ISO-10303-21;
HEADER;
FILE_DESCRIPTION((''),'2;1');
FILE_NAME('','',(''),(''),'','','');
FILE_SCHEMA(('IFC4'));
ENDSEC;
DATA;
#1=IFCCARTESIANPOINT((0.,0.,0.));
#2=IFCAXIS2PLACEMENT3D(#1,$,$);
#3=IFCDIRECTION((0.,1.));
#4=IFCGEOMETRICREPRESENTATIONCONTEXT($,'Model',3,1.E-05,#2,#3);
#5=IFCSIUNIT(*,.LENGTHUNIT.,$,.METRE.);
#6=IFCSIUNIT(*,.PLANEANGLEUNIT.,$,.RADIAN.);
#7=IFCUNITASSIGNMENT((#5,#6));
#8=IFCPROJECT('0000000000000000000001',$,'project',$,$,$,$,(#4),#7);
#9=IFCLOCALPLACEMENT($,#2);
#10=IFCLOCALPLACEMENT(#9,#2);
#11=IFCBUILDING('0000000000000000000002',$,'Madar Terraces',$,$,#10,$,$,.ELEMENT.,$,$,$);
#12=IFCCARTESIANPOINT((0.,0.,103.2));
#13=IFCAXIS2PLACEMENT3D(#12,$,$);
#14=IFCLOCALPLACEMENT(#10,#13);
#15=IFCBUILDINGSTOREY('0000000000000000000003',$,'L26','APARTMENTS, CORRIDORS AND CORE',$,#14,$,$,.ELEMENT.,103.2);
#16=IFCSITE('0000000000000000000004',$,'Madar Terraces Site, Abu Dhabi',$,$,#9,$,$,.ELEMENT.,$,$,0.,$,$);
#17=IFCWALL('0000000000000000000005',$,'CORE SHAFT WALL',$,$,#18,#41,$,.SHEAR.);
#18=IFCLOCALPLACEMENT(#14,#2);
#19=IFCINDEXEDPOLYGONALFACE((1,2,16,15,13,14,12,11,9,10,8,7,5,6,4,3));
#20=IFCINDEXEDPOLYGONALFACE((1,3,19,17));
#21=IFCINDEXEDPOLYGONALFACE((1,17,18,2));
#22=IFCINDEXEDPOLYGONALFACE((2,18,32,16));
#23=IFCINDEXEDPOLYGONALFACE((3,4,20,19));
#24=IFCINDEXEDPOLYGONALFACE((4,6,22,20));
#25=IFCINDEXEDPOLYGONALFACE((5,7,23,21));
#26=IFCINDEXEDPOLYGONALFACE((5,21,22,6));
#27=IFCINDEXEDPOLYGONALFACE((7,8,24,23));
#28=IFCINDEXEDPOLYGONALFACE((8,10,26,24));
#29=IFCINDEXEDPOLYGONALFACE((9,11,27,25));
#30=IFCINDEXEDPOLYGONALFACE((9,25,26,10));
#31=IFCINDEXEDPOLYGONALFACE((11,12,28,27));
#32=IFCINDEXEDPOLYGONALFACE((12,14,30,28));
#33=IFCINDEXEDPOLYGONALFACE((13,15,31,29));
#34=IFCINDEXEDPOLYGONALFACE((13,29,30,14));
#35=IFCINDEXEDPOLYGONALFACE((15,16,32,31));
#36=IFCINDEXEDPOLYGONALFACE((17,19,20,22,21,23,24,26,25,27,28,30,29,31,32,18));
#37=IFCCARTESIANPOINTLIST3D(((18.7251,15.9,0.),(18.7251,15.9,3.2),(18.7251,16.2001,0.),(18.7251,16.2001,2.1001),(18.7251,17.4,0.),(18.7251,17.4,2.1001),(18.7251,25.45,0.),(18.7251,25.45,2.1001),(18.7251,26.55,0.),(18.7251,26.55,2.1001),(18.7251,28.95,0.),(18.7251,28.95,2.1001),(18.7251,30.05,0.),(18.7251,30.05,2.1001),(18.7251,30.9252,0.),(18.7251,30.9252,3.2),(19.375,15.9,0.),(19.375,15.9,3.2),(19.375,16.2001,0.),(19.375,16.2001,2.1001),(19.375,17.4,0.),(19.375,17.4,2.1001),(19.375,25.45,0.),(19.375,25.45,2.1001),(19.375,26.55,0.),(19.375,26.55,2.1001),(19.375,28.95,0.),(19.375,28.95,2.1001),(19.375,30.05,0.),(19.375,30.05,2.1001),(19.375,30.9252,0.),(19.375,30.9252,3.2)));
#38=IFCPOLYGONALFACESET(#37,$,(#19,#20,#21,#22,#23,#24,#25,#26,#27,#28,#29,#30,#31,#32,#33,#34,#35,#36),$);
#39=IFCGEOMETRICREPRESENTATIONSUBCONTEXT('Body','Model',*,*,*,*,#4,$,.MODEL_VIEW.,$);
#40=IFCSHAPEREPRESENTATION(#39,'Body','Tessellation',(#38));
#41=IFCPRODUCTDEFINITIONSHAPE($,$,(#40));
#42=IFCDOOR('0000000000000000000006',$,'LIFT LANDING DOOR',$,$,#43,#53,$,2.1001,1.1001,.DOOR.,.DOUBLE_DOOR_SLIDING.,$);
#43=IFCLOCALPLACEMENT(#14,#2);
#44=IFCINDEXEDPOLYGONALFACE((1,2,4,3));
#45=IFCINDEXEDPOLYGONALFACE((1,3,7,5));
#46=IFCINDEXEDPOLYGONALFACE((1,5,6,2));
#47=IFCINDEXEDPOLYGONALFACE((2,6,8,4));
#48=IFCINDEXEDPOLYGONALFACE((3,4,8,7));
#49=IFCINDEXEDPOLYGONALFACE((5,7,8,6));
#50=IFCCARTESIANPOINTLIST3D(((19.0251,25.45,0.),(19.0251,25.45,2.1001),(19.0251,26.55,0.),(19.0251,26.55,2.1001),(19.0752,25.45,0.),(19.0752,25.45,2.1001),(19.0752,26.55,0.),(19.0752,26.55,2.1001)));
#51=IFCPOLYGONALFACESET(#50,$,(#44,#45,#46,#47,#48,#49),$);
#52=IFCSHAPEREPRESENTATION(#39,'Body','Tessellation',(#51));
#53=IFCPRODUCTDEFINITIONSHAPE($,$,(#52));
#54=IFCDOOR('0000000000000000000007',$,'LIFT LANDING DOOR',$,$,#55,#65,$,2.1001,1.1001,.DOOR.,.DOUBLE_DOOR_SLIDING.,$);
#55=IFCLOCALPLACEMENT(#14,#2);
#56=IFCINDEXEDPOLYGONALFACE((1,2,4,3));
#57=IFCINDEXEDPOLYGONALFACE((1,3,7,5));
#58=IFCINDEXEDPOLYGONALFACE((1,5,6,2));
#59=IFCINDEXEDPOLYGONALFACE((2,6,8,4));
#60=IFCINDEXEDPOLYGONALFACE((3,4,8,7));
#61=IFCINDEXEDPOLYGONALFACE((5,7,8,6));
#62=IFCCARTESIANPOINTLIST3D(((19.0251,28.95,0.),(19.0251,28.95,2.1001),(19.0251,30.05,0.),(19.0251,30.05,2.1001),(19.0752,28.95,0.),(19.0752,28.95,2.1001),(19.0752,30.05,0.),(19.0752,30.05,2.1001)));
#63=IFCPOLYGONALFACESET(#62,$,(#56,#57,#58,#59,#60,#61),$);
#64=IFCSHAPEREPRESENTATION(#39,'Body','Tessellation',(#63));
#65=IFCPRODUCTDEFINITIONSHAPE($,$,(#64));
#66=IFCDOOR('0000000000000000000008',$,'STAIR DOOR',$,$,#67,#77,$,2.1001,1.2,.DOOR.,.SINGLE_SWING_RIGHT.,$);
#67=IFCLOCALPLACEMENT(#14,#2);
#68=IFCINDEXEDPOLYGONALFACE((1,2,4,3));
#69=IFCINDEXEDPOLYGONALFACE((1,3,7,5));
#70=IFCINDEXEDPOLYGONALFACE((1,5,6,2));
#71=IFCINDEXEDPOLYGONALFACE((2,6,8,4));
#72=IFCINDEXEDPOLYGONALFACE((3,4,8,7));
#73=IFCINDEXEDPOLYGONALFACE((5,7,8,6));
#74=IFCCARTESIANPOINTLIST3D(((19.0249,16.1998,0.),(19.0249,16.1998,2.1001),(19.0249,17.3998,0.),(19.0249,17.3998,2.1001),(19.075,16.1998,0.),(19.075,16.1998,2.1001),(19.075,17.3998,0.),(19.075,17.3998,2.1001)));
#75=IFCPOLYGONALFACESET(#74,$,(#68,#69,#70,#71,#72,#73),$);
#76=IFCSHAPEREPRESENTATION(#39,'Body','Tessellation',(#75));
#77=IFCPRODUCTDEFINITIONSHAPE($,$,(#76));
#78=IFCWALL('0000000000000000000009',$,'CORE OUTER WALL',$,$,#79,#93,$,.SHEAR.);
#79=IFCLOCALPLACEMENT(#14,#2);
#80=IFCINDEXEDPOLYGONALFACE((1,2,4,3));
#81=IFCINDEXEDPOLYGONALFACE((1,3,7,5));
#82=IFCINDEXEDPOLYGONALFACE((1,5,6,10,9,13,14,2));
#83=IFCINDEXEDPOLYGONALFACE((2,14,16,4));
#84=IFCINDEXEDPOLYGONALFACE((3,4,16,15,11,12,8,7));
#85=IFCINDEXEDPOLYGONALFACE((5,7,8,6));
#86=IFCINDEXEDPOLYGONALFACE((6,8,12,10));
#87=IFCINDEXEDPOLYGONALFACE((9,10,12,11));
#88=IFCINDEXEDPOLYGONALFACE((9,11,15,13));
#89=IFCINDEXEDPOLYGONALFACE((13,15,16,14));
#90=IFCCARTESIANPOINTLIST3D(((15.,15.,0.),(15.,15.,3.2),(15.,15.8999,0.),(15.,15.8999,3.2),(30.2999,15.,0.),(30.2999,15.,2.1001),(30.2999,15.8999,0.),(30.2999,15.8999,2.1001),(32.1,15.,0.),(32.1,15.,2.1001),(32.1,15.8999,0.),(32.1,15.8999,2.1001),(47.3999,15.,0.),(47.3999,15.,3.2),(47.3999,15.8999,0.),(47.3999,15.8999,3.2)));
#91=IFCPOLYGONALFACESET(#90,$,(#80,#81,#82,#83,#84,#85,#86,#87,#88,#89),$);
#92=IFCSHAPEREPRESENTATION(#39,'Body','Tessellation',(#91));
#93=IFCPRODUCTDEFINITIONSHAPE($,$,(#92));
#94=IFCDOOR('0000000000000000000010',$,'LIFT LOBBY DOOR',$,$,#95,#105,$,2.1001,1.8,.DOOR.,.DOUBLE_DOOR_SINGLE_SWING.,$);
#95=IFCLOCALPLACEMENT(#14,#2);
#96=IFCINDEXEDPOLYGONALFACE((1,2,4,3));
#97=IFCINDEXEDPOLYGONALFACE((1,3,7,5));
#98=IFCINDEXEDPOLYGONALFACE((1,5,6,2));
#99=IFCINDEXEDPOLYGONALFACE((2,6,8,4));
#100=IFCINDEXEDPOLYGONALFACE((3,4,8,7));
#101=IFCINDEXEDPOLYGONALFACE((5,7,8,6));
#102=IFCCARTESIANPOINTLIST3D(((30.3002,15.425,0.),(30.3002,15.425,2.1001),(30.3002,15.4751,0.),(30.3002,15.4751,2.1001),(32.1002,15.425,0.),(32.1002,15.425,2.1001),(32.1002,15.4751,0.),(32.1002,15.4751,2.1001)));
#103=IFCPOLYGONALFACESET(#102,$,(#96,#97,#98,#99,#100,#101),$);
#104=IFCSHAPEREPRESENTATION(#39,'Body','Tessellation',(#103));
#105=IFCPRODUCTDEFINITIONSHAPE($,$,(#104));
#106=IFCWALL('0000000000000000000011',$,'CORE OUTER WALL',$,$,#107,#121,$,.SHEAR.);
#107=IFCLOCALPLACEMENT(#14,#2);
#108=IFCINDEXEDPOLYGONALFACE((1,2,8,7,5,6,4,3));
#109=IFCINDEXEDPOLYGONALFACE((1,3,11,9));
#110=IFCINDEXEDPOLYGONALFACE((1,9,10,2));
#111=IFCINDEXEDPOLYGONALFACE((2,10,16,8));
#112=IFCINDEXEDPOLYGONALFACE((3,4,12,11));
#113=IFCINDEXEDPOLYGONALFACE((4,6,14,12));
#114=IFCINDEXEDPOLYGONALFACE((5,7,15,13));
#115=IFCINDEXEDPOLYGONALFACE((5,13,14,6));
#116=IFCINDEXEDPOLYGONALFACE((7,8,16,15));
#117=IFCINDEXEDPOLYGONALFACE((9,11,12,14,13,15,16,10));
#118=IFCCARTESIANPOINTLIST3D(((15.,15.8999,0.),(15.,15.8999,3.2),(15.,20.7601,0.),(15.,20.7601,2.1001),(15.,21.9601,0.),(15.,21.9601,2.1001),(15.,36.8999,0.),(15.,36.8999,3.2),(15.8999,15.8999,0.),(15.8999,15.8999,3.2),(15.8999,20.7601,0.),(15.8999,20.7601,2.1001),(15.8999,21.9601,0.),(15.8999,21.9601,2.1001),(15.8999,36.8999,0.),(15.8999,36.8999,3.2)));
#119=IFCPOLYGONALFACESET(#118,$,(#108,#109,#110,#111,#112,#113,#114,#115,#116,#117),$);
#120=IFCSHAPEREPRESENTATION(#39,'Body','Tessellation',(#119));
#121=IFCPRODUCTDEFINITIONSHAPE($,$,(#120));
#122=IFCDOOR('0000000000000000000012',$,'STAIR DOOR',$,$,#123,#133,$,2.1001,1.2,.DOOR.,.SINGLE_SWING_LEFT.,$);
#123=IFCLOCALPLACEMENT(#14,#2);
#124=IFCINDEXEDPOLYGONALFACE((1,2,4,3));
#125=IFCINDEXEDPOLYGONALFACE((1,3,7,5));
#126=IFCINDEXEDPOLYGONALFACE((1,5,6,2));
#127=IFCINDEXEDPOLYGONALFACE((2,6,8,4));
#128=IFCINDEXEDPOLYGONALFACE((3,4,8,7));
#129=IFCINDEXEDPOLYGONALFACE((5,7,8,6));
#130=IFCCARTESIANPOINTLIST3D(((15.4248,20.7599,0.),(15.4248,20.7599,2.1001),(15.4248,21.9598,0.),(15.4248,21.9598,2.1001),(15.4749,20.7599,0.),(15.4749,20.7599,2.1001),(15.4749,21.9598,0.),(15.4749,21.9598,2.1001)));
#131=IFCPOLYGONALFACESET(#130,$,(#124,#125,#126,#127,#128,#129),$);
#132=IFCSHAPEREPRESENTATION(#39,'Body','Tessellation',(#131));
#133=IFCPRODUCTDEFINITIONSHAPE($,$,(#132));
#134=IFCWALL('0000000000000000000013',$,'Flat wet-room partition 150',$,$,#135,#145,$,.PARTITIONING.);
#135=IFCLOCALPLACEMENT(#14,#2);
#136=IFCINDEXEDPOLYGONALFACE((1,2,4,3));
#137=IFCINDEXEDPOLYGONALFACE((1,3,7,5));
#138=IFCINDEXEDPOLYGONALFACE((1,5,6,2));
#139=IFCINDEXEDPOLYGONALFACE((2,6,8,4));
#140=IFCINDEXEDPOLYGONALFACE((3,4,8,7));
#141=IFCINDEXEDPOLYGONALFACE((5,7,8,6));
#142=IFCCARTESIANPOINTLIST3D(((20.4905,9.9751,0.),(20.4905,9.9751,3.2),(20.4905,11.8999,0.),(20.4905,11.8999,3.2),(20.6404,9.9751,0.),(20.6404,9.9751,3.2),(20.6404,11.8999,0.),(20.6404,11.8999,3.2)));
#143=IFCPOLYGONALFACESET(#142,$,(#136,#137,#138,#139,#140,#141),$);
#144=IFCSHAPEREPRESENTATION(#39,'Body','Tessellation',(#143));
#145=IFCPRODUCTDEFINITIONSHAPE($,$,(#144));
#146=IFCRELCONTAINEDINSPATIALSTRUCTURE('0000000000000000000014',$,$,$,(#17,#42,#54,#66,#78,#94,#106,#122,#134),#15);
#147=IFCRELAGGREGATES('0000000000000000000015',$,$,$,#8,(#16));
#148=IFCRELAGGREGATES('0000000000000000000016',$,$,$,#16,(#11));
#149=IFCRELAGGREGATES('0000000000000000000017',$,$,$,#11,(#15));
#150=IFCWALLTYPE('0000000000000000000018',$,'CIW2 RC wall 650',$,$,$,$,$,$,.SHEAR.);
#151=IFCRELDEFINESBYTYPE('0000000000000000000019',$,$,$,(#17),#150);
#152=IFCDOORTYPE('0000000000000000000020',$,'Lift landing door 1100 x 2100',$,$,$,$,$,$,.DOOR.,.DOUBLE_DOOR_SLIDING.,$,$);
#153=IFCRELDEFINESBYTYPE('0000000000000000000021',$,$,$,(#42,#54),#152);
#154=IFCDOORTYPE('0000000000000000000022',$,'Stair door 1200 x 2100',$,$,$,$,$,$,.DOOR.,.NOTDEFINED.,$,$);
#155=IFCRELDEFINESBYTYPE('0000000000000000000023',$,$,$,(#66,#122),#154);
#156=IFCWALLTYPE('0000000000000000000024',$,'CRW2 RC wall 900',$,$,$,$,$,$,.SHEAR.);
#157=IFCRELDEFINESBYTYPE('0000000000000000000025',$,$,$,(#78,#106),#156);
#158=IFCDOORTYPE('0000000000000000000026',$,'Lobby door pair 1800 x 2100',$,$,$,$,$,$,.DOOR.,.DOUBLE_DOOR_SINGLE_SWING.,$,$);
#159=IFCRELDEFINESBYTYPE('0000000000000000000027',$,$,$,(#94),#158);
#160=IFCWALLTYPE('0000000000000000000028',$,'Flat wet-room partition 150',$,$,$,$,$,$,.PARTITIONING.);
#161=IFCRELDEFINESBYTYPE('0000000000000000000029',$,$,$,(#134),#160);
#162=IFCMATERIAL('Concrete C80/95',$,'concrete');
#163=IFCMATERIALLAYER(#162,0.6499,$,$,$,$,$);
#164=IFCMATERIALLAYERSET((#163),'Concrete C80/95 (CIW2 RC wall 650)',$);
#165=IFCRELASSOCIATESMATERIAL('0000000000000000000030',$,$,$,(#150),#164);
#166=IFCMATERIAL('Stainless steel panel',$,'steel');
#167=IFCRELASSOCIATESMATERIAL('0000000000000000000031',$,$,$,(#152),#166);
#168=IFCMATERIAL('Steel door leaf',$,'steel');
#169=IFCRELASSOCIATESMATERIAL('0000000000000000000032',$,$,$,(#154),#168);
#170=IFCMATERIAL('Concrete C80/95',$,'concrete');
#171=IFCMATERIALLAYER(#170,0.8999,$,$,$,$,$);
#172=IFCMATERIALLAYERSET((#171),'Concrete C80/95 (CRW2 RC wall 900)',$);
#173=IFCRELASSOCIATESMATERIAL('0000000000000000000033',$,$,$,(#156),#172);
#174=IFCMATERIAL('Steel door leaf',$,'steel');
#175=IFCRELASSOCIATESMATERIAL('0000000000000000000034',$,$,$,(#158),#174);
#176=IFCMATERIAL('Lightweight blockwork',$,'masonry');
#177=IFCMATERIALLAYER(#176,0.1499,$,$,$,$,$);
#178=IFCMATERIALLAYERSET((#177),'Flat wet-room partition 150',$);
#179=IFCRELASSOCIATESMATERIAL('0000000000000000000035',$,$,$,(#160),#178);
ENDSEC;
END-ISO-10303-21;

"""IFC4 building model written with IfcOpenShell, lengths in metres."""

from ifc_helpers import new_model, si_unit, direction, frame, frame_2d, origin, place, context, subcontext, project, spatial, rectangle, extrude, material, layer, layer_set, type_object, element, fill, save


model = new_model("IFC4")

# Units and contexts
model_context = context("Model", 3, precision=1e-05, world=origin(), true_north=direction((0.0, 1.0)))
body_context = subcontext(model_context, "Body", "Model", "MODEL_VIEW")
ifc_project = project(units=[si_unit("LENGTHUNIT", "METRE"), si_unit("PLANEANGLEUNIT", "RADIAN")], contexts=[model_context])

# Site, building, storey
site_placement = place(None, origin())
site = spatial("IfcSite", under=ifc_project, at=site_placement, Name="Madar Terraces Site, Abu Dhabi", CompositionType="ELEMENT", RefElevation=0.0)
building_placement = place(site_placement, origin())
building = spatial("IfcBuilding", under=site, at=building_placement, Name="Madar Terraces", CompositionType="ELEMENT")
storey_placement = place(building_placement, frame((0.0, 0.0, 103.2)))
storey = spatial("IfcBuildingStorey", under=building, at=storey_placement, Name="L26", Description="APARTMENTS, CORRIDORS AND CORE", CompositionType="ELEMENT", Elevation=103.2)

# Wall, openings, doors
ifc_material_1 = material(Name="Concrete C80/95", Category="concrete")
ifc_layer_1 = layer(ifc_material_1, 0.6499)
ifc_layer_set_1 = layer_set([ifc_layer_1], Name="Concrete C80/95 (CIW2 RC wall 650)")
wall_type_1 = type_object("IfcWallType", Name="CIW2 RC wall 650", PredefinedType="SHEAR", material=ifc_layer_set_1)
wall_1_placement = place(storey_placement, frame((19.05, 15.8999, 0.0), z_axis=(0.0, 0.0, 1.0), x_axis=(0.0, 1.0, 0.0)))
wall_1 = element("IfcWall", 1, at=wall_1_placement, inside=storey, type_object=wall_type_1, Name="CORE SHAFT WALL", PredefinedType="SHEAR", context=body_context, shape_type="SweptSolid", body=[
    extrude(rectangle(XDim=15.0251, YDim=0.6499, at=frame_2d((7.5127, 0.0))), origin(), (0.0, 0.0, 1.0), 3.2),
])
opening_1_placement = place(wall_1_placement, frame((9.55, 0.0, 0.0)))
opening_1 = element("IfcOpeningElement", 2, at=opening_1_placement, cuts=wall_1, PredefinedType="OPENING", context=body_context, shape_type="SweptSolid", body=[
    extrude(rectangle(XDim=1.1001, YDim=2.1001, at=frame_2d((0.55, 1.05))), frame((0.0, 0.335, 0.0), z_axis=(0.0, -1.0, 0.0), x_axis=(1.0, 0.0, 0.0)), (0.0, 0.0, 1.0), 0.6699),
])
opening_2_placement = place(wall_1_placement, frame((13.05, 0.0, 0.0)))
opening_2 = element("IfcOpeningElement", 3, at=opening_2_placement, cuts=wall_1, PredefinedType="OPENING", context=body_context, shape_type="SweptSolid", body=[
    extrude(rectangle(XDim=1.1001, YDim=2.1001, at=frame_2d((0.55, 1.05))), frame((0.0, 0.335, 0.0), z_axis=(0.0, -1.0, 0.0), x_axis=(1.0, 0.0, 0.0)), (0.0, 0.0, 1.0), 0.6699),
])
opening_3_placement = place(wall_1_placement, frame((0.3, 0.0, 0.0)))
opening_3 = element("IfcOpeningElement", 4, at=opening_3_placement, cuts=wall_1, PredefinedType="OPENING", context=body_context, shape_type="SweptSolid", body=[
    extrude(rectangle(XDim=1.2, YDim=2.1001, at=frame_2d((0.6001, 1.05))), frame((0.0, 0.335, 0.0), z_axis=(0.0, -1.0, 0.0), x_axis=(1.0, 0.0, 0.0)), (0.0, 0.0, 1.0), 0.6699),
])
ifc_material_2 = material(Name="Stainless steel panel", Category="steel")
door_type_1 = type_object("IfcDoorType", Name="Lift landing door 1100 x 2100", OperationType="DOUBLE_DOOR_SLIDING", PredefinedType="DOOR", material=ifc_material_2)
door_1_placement = place(opening_1_placement, origin())
door_1 = element("IfcDoor", 5, at=door_1_placement, inside=storey, type_object=door_type_1, Name="LIFT LANDING DOOR", OperationType="DOUBLE_DOOR_SLIDING", OverallHeight=2.1001, OverallWidth=1.1001, PredefinedType="DOOR", context=body_context, shape_type="SweptSolid", body=[
    extrude(rectangle(XDim=1.1001, YDim=2.1001, at=frame_2d((0.55, 1.05))), frame((0.0, 0.0249, 0.0), z_axis=(0.0, -1.0, 0.0), x_axis=(1.0, 0.0, 0.0)), (0.0, 0.0, 1.0), 0.05),
])
fill(opening_1, door_1)
door_2_placement = place(opening_2_placement, origin())
door_2 = element("IfcDoor", 6, at=door_2_placement, inside=storey, type_object=door_type_1, Name="LIFT LANDING DOOR", OperationType="DOUBLE_DOOR_SLIDING", OverallHeight=2.1001, OverallWidth=1.1001, PredefinedType="DOOR", context=body_context, shape_type="SweptSolid", body=[
    extrude(rectangle(XDim=1.1001, YDim=2.1001, at=frame_2d((0.55, 1.05))), frame((0.0, 0.0249, 0.0), z_axis=(0.0, -1.0, 0.0), x_axis=(1.0, 0.0, 0.0)), (0.0, 0.0, 1.0), 0.05),
])
fill(opening_2, door_2)
ifc_material_3 = material(Name="Steel door leaf", Category="steel")
door_type_2 = type_object("IfcDoorType", Name="Stair door 1200 x 2100", OperationType="NOTDEFINED", PredefinedType="DOOR", material=ifc_material_3)
door_3_placement = place(opening_3_placement, frame((1.2, 0.0, 0.0), z_axis=(0.0, 0.0, 1.0), x_axis=(-1.0, 0.0, 0.0)))
door_3 = element("IfcDoor", 7, at=door_3_placement, inside=storey, type_object=door_type_2, Name="STAIR DOOR", OperationType="SINGLE_SWING_RIGHT", OverallHeight=2.1001, OverallWidth=1.2, PredefinedType="DOOR", context=body_context, shape_type="SweptSolid", body=[
    extrude(rectangle(XDim=1.2, YDim=2.1001, at=frame_2d((0.6001, 1.05))), frame((0.0, 0.0249, 0.0), z_axis=(0.0, -1.0, 0.0), x_axis=(1.0, 0.0, 0.0)), (0.0, 0.0, 1.0), 0.05),
])
fill(opening_3, door_3)

# Walls, openings, doors
ifc_material_4 = material(Name="Concrete C80/95", Category="concrete")
ifc_layer_2 = layer(ifc_material_4, 0.8999)
ifc_layer_set_2 = layer_set([ifc_layer_2], Name="Concrete C80/95 (CRW2 RC wall 900)")
wall_type_2 = type_object("IfcWallType", Name="CRW2 RC wall 900", PredefinedType="SHEAR", material=ifc_layer_set_2)
wall_2_placement = place(storey_placement, frame((15.0, 15.45, 0.0), z_axis=(0.0, 0.0, 1.0), x_axis=(1.0, 0.0, 0.0)))
wall_2 = element("IfcWall", 8, at=wall_2_placement, inside=storey, type_object=wall_type_2, Name="CORE OUTER WALL", PredefinedType="SHEAR", context=body_context, shape_type="SweptSolid", body=[
    extrude(rectangle(XDim=32.3999, YDim=0.8999, at=frame_2d((16.2, 0.0))), origin(), (0.0, 0.0, 1.0), 3.2),
])
opening_4_placement = place(wall_2_placement, frame((15.3, 0.0, 0.0)))
opening_4 = element("IfcOpeningElement", 9, at=opening_4_placement, cuts=wall_2, PredefinedType="OPENING", context=body_context, shape_type="SweptSolid", body=[
    extrude(rectangle(XDim=1.8, YDim=2.1001, at=frame_2d((0.8999, 1.05))), frame((0.0, 0.46, 0.0), z_axis=(0.0, -1.0, 0.0), x_axis=(1.0, 0.0, 0.0)), (0.0, 0.0, 1.0), 0.9199),
])
ifc_material_5 = material(Name="Steel door leaf", Category="steel")
door_type_3 = type_object("IfcDoorType", Name="Lobby door pair 1800 x 2100", OperationType="DOUBLE_DOOR_SINGLE_SWING", PredefinedType="DOOR", material=ifc_material_5)
door_4_placement = place(opening_4_placement, frame((1.8, 0.0, 0.0), z_axis=(0.0, 0.0, 1.0), x_axis=(-1.0, 0.0, 0.0)))
door_4 = element("IfcDoor", 10, at=door_4_placement, inside=storey, type_object=door_type_3, Name="LIFT LOBBY DOOR", OperationType="DOUBLE_DOOR_SINGLE_SWING", OverallHeight=2.1001, OverallWidth=1.8, PredefinedType="DOOR", context=body_context, shape_type="SweptSolid", body=[
    extrude(rectangle(XDim=1.8, YDim=2.1001, at=frame_2d((0.8999, 1.05))), frame((0.0, 0.0249, 0.0), z_axis=(0.0, -1.0, 0.0), x_axis=(1.0, 0.0, 0.0)), (0.0, 0.0, 1.0), 0.05),
])
fill(opening_4, door_4)
wall_3_placement = place(storey_placement, frame((15.45, 15.8999, 0.0), z_axis=(0.0, 0.0, 1.0), x_axis=(0.0, 1.0, 0.0)))
wall_3 = element("IfcWall", 11, at=wall_3_placement, inside=storey, type_object=wall_type_2, Name="CORE OUTER WALL", PredefinedType="SHEAR", context=body_context, shape_type="SweptSolid", body=[
    extrude(rectangle(XDim=21.0, YDim=0.8999, at=frame_2d((10.5, 0.0))), origin(), (0.0, 0.0, 1.0), 3.2),
])
opening_5_placement = place(wall_3_placement, frame((4.8601, 0.0, 0.0)))
opening_5 = element("IfcOpeningElement", 12, at=opening_5_placement, cuts=wall_3, PredefinedType="OPENING", context=body_context, shape_type="SweptSolid", body=[
    extrude(rectangle(XDim=1.2, YDim=2.1001, at=frame_2d((0.6001, 1.05))), frame((0.0, 0.46, 0.0), z_axis=(0.0, -1.0, 0.0), x_axis=(1.0, 0.0, 0.0)), (0.0, 0.0, 1.0), 0.9199),
])
door_5_placement = place(opening_5_placement, frame((1.2, 0.0, 0.0), z_axis=(0.0, 0.0, 1.0), x_axis=(-1.0, 0.0, 0.0)))
door_5 = element("IfcDoor", 13, at=door_5_placement, inside=storey, type_object=door_type_2, Name="STAIR DOOR", OperationType="SINGLE_SWING_LEFT", OverallHeight=2.1001, OverallWidth=1.2, PredefinedType="DOOR", context=body_context, shape_type="SweptSolid", body=[
    extrude(rectangle(XDim=1.2, YDim=2.1001, at=frame_2d((0.6001, 1.05))), frame((0.0, 0.0249, 0.0), z_axis=(0.0, -1.0, 0.0), x_axis=(1.0, 0.0, 0.0)), (0.0, 0.0, 1.0), 0.05),
])
fill(opening_5, door_5)

# Wall
ifc_material_6 = material(Name="Lightweight blockwork", Category="masonry")
ifc_layer_3 = layer(ifc_material_6, 0.1499)
ifc_layer_set_3 = layer_set([ifc_layer_3], Name="Flat wet-room partition 150")
wall_type_3 = type_object("IfcWallType", Name="Flat wet-room partition 150", PredefinedType="PARTITIONING", material=ifc_layer_set_3)
wall_4_placement = place(storey_placement, frame((20.5654, 11.8999, 0.0), z_axis=(0.0, 0.0, 1.0), x_axis=(0.0, -1.0, 0.0)))
element("IfcWall", 14, at=wall_4_placement, inside=storey, type_object=wall_type_3, Name="Flat wet-room partition 150", PredefinedType="PARTITIONING", context=body_context, shape_type="SweptSolid", body=[
    extrude(rectangle(XDim=1.9248, YDim=0.1499, at=frame_2d((0.9624, 0.0))), origin(), (0.0, 0.0, 1.0), 3.2),
])

save(model, "model.ifc")
